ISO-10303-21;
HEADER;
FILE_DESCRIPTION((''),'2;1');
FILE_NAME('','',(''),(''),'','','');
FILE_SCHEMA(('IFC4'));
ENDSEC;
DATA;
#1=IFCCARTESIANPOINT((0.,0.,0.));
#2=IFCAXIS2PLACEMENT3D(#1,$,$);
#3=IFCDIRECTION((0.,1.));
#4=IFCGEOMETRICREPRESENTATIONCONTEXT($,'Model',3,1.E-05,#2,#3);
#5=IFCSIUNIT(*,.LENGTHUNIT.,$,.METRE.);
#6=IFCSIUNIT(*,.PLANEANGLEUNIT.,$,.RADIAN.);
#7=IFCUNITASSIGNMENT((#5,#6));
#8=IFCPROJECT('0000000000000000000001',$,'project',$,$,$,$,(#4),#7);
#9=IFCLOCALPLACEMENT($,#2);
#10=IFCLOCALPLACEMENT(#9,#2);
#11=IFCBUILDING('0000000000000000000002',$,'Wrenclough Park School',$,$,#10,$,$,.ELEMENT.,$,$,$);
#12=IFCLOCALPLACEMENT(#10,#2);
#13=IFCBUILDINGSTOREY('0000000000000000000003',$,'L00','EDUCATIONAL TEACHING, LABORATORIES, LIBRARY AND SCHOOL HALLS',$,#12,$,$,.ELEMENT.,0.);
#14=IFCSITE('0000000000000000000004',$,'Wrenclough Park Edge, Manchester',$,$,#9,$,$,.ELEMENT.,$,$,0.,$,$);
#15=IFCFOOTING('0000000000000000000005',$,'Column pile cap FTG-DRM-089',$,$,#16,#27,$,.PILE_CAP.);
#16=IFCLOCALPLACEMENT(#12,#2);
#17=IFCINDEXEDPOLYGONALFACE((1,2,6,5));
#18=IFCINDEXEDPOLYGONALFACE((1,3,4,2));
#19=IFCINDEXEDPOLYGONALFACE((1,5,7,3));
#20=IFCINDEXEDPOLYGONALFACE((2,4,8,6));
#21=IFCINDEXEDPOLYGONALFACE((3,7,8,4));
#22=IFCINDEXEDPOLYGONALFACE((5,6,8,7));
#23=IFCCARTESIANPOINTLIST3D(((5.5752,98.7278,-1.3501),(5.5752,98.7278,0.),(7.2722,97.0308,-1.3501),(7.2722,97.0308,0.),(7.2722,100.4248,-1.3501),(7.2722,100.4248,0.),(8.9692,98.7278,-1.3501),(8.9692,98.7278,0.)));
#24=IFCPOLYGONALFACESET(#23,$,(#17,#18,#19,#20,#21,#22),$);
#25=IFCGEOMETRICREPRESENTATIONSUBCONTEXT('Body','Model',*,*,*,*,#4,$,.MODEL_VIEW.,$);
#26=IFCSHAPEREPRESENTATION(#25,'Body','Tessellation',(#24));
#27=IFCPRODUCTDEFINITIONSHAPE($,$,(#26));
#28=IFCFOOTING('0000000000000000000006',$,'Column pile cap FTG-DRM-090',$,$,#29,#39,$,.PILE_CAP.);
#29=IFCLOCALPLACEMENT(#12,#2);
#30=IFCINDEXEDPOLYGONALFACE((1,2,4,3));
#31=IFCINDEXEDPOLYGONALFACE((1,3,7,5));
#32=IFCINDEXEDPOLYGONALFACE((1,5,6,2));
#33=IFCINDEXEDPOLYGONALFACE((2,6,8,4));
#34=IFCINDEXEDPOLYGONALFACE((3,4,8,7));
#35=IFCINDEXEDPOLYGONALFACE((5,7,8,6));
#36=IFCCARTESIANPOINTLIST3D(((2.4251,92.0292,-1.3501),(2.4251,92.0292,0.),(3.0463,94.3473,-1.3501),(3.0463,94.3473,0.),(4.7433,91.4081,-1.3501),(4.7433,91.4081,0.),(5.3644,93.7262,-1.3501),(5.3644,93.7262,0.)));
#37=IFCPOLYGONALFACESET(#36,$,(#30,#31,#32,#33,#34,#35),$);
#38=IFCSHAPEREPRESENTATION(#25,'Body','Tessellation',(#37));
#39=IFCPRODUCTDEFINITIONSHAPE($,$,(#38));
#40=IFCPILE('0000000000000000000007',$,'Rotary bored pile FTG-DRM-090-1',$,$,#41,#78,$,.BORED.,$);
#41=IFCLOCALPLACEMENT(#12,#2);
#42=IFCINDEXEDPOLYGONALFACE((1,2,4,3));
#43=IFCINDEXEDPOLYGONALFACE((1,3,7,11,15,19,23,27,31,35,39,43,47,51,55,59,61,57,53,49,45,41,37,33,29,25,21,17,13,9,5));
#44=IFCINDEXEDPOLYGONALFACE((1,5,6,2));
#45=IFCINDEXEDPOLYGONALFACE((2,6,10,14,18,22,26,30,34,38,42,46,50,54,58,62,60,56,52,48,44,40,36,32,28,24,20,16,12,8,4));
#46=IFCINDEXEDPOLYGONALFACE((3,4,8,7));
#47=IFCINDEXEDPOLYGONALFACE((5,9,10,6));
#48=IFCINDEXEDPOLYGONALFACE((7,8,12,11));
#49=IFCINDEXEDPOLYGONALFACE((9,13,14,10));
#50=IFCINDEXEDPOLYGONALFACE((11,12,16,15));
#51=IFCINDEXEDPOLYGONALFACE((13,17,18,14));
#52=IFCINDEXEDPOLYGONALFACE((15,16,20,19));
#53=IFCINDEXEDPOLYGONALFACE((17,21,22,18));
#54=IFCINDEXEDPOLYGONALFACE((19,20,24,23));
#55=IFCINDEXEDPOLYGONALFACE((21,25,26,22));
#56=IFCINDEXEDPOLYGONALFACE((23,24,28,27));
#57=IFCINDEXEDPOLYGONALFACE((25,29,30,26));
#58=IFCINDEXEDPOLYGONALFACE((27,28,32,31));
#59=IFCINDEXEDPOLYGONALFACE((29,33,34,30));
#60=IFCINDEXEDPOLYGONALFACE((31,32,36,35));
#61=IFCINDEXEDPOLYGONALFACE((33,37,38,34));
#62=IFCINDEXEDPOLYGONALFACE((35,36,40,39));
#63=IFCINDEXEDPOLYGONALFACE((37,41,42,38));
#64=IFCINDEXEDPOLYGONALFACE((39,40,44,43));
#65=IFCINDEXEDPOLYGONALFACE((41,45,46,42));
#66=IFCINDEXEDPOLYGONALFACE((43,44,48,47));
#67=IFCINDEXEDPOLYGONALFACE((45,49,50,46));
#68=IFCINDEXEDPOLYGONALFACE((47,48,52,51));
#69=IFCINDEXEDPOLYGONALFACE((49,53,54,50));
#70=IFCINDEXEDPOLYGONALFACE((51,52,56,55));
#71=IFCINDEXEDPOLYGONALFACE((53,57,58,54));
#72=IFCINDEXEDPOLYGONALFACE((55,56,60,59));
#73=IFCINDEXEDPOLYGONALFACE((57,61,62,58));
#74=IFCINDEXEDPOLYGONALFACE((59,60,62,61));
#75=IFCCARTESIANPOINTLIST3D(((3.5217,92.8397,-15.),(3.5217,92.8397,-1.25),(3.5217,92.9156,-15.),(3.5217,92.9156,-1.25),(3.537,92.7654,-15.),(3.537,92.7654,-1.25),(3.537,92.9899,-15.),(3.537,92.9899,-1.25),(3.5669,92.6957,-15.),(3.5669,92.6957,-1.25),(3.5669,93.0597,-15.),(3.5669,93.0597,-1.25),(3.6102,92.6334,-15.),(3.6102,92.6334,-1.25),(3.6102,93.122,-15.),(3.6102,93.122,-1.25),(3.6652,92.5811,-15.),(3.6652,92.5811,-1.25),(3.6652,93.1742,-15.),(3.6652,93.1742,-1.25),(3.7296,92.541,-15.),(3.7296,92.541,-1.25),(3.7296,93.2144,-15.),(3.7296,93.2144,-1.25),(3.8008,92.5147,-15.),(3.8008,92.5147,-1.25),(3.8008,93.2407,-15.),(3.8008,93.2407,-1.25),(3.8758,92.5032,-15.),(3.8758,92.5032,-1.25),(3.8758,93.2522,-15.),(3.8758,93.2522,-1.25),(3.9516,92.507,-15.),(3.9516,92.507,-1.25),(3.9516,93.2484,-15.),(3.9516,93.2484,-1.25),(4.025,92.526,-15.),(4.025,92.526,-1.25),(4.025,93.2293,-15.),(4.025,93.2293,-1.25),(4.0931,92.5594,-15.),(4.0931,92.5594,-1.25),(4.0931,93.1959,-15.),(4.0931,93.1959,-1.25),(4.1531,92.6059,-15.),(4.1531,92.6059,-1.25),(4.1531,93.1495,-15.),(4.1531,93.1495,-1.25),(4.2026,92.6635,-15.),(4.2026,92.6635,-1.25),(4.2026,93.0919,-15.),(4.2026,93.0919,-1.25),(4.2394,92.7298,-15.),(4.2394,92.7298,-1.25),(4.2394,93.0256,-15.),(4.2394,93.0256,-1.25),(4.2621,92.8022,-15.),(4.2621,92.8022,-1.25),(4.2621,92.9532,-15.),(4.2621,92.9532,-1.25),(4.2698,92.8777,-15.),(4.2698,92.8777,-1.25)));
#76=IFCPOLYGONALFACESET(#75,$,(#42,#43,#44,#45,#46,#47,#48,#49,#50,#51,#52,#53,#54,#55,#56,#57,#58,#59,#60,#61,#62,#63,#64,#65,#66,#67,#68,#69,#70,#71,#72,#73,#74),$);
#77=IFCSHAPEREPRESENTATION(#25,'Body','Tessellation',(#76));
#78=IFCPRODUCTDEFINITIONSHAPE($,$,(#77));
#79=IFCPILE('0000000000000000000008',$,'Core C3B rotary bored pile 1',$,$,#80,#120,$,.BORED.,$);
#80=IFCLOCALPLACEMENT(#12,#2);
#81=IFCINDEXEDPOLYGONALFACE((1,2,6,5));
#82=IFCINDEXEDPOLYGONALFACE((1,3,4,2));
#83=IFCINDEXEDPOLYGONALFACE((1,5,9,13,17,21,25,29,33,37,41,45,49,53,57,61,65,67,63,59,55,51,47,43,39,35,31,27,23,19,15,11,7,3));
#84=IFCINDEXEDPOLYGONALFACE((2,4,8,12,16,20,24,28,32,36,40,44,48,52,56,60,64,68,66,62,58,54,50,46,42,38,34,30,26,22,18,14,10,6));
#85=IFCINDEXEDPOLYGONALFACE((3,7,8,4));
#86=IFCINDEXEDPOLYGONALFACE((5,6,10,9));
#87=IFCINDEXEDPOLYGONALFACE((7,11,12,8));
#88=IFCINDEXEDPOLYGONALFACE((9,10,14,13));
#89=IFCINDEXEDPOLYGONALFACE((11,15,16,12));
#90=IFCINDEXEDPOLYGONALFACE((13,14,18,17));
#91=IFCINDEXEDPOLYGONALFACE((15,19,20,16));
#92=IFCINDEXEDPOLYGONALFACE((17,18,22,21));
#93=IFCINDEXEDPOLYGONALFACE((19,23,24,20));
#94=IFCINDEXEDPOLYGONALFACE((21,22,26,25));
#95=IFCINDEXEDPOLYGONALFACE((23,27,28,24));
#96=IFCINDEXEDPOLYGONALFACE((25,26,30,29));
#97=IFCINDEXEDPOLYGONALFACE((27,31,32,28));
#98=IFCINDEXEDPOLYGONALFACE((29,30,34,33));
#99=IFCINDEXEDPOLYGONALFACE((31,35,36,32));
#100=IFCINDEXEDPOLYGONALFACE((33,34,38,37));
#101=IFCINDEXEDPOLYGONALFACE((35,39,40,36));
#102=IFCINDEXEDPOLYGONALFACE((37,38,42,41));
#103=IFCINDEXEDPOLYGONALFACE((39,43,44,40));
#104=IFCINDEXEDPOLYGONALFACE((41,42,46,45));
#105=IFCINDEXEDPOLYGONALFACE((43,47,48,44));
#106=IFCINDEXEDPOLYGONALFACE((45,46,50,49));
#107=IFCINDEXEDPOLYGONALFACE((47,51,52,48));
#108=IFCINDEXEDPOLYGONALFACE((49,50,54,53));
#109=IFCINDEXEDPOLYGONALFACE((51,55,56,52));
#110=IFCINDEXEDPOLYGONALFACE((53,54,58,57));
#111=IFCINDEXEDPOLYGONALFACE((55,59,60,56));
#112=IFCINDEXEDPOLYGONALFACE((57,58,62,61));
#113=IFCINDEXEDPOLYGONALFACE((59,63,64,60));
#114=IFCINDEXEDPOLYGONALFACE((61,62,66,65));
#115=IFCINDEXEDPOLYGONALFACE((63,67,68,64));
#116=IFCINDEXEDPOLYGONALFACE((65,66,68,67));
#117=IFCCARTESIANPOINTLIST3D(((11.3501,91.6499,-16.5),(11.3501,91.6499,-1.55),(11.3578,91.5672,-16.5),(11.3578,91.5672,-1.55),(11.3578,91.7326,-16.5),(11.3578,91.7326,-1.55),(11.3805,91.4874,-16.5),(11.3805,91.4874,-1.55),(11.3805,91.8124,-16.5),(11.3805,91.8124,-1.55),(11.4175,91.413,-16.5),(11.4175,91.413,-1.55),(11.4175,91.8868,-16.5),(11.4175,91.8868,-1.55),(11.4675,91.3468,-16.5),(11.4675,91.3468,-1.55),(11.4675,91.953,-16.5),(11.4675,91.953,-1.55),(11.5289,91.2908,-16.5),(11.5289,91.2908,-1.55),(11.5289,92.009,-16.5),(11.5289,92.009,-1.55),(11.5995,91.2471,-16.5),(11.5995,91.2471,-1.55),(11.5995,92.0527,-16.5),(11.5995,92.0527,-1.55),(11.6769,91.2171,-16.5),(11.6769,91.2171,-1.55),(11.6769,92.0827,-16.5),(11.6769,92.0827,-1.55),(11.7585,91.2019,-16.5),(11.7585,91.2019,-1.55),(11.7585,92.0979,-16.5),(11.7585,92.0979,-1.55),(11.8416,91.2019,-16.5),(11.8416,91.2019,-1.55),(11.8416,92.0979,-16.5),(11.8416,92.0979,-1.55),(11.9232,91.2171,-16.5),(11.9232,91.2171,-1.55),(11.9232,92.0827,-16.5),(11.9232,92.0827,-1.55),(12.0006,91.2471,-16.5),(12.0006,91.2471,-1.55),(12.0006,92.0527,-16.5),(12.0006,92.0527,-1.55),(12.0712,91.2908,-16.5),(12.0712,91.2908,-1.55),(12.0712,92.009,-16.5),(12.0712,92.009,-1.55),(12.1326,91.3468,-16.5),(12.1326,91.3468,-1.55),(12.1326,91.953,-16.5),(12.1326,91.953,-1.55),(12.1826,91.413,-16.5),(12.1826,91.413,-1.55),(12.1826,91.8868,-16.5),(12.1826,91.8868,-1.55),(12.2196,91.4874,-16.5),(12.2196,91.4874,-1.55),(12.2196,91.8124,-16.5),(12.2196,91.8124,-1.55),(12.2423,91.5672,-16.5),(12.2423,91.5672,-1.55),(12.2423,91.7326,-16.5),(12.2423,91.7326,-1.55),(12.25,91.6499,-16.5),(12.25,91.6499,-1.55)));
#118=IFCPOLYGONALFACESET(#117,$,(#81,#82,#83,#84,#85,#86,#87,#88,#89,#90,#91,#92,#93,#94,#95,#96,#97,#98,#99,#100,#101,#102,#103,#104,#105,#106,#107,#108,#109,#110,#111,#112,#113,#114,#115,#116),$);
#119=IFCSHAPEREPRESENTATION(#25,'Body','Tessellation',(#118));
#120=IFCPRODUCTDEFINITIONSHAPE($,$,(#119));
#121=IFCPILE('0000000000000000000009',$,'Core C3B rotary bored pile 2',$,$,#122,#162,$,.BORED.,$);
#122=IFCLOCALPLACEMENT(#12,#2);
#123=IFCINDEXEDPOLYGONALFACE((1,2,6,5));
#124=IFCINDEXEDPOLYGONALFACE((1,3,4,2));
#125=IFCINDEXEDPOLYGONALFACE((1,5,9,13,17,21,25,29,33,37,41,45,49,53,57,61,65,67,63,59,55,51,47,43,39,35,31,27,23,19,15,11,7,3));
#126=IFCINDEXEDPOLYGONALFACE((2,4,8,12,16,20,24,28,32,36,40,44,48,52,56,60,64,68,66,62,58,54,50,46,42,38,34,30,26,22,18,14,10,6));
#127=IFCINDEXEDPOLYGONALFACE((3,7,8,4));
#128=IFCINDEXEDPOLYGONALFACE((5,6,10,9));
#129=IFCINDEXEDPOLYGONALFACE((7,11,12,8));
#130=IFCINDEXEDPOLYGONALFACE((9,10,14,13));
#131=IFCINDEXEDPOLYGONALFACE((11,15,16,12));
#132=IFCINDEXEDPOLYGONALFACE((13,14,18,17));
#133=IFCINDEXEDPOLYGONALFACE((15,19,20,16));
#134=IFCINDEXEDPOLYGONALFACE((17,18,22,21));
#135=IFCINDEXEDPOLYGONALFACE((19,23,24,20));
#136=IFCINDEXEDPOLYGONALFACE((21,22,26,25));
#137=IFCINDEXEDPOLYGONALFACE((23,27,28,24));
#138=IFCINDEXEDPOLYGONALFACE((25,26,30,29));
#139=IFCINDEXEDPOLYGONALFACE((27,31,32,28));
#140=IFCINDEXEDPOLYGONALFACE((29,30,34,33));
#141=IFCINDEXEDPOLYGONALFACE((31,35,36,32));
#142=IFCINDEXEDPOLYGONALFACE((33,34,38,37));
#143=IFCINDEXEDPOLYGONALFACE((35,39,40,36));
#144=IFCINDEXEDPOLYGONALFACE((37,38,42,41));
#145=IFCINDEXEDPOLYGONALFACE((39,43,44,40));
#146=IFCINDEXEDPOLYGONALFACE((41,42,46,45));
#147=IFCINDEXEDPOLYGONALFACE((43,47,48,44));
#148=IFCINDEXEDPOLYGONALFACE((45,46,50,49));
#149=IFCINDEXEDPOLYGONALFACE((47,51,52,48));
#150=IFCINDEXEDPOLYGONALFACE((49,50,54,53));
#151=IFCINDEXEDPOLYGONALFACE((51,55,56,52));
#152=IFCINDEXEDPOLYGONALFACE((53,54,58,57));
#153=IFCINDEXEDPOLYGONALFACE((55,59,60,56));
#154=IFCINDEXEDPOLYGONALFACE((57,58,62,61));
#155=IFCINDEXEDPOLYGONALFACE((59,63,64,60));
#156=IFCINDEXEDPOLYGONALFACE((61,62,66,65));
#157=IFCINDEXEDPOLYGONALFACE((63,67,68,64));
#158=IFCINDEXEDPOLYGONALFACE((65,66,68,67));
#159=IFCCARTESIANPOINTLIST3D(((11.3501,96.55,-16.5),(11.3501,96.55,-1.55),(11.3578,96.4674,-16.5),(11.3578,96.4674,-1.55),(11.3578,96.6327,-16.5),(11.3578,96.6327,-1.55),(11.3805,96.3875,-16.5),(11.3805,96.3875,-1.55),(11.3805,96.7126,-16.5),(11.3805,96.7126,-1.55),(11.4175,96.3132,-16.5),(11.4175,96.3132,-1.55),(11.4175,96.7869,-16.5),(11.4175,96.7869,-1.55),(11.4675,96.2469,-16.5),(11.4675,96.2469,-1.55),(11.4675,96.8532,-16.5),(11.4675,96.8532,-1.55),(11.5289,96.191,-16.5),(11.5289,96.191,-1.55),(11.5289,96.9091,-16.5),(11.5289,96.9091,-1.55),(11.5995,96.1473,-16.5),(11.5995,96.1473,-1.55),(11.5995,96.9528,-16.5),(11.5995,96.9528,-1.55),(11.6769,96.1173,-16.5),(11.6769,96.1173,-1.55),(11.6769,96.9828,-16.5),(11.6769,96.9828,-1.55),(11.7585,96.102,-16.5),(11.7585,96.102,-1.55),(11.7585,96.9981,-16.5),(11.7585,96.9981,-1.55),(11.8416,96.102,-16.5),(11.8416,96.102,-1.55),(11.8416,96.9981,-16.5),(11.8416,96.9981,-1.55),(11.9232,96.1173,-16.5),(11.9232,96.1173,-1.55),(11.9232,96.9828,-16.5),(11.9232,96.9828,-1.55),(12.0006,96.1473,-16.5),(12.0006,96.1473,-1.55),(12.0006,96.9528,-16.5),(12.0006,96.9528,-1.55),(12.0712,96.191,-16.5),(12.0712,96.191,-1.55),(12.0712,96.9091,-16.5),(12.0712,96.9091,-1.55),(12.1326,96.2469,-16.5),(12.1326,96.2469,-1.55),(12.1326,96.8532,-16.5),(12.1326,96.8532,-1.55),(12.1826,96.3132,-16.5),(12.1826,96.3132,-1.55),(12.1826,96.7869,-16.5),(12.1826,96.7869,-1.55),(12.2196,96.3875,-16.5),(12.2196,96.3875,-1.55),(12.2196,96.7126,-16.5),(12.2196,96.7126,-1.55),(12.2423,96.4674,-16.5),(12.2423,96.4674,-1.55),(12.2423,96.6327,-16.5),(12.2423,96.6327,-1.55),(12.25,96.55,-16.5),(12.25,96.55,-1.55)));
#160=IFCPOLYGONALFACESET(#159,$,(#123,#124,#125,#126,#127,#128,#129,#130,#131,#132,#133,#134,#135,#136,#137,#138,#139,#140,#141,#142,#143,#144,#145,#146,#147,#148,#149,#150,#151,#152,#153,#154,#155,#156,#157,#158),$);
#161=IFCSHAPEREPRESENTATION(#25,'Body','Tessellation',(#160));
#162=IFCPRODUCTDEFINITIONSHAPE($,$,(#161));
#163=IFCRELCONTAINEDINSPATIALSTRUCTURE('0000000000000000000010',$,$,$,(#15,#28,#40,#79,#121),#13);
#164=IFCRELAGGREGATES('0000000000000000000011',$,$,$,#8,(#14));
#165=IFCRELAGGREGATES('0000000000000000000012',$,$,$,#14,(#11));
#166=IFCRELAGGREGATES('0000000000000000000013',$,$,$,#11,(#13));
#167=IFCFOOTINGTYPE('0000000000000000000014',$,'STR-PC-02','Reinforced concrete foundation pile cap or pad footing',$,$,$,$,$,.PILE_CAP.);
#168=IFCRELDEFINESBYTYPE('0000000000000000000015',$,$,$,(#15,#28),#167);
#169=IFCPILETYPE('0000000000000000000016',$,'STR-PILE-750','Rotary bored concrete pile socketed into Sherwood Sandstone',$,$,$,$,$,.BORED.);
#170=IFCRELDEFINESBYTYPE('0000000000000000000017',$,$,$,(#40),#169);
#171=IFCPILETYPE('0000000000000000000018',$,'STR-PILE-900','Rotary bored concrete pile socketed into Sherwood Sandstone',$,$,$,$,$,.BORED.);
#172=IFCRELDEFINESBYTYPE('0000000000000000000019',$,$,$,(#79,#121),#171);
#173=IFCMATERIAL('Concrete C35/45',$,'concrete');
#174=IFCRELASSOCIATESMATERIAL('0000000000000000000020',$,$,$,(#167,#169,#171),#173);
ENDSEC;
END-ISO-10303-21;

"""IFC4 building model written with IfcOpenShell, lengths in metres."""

from ifc_helpers import new_model, si_unit, direction, frame, origin, origin_2d, place, context, subcontext, project, spatial, rectangle, circle, extrude, material, material_profile, profile_set, type_object, element, save


model = new_model("IFC4")

# Units and contexts
model_context = context("Model", 3, precision=1e-05, world=origin(), true_north=direction((0.0, 1.0)))
body_context = subcontext(model_context, "Body", "Model", "MODEL_VIEW")
ifc_project = project(units=[si_unit("LENGTHUNIT", "METRE"), si_unit("PLANEANGLEUNIT", "RADIAN")], contexts=[model_context])

# Site, building, storey
site_placement = place(None, origin())
site = spatial("IfcSite", under=ifc_project, at=site_placement, Name="Wrenclough Park Edge, Manchester", CompositionType="ELEMENT", RefElevation=0.0)
building_placement = place(site_placement, origin())
building = spatial("IfcBuilding", under=site, at=building_placement, Name="Wrenclough Park School", CompositionType="ELEMENT")
storey_placement = place(building_placement, origin())
storey = spatial("IfcBuildingStorey", under=building, at=storey_placement, Name="L00", Description="EDUCATIONAL TEACHING, LABORATORIES, LIBRARY AND SCHOOL HALLS", CompositionType="ELEMENT", Elevation=0.0)

# Footings
ifc_material_1 = material(Name="Concrete C35/45", Category="concrete")
footing_type = type_object("IfcFootingType", Name="STR-PC-02", Description="Reinforced concrete foundation pile cap or pad footing", PredefinedType="PILE_CAP", material=ifc_material_1)
for number, where, z_axis, x_axis, name in (
    (1, (7.2722, 98.7278, -1.3501), (0.0, 0.0, 1.0), (-0.707107, -0.707107, 0.0), "Column pile cap FTG-DRM-089"),
    (2, (3.8948, 92.8777, -1.3501), (0.0, 0.0, 1.0), (-0.258819, -0.965926, 0.0), "Column pile cap FTG-DRM-090"),
):
    element("IfcFooting", number, at=place(storey_placement, frame(where, z_axis=z_axis, x_axis=x_axis)), inside=storey, type_object=footing_type, Name=name, PredefinedType="PILE_CAP", context=body_context, shape_type="SweptSolid", body=[
        extrude(rectangle(XDim=2.3999, YDim=2.3999, at=origin_2d()), origin(), (0.0, 0.0, 1.0), 1.3501),
    ])

# Piles
ifc_material_profile_1 = material_profile(ifc_material_1, circle(Radius=0.375, at=origin_2d()), Name="BORED PILE D750")
ifc_profile_set_1 = profile_set([ifc_material_profile_1], Name="Concrete C35/45")
pile_type_1 = type_object("IfcPileType", Name="STR-PILE-750", Description="Rotary bored concrete pile socketed into Sherwood Sandstone", PredefinedType="BORED", material=ifc_profile_set_1)
pile_placement = place(storey_placement, frame((3.8948, 92.8777, -1.25), z_axis=(0.0, 0.0, -1.0), x_axis=(1.0, 0.0, 0.0)))
element("IfcPile", 3, at=pile_placement, inside=storey, type_object=pile_type_1, Name="Rotary bored pile FTG-DRM-090-1", PredefinedType="BORED", context=body_context, shape_type="SweptSolid", body=[
    extrude(circle(Radius=0.375, at=origin_2d()), origin(), (0.0, 0.0, 1.0), 13.75),
])
ifc_material_profile_2 = material_profile(ifc_material_1, circle(Radius=0.45, at=origin_2d()), Name="BORED PILE D900")
ifc_profile_set_2 = profile_set([ifc_material_profile_2], Name="Concrete C35/45")
pile_type_2 = type_object("IfcPileType", Name="STR-PILE-900", Description="Rotary bored concrete pile socketed into Sherwood Sandstone", PredefinedType="BORED", material=ifc_profile_set_2)
for number, where, z_axis, x_axis, name in (
    (4, (11.8, 91.6499, -1.55), (0.0, 0.0, -1.0), (1.0, 0.0, 0.0), "Core C3B rotary bored pile 1"),
    (5, (11.8, 96.55, -1.55), (0.0, 0.0, -1.0), (1.0, 0.0, 0.0), "Core C3B rotary bored pile 2"),
):
    element("IfcPile", number, at=place(storey_placement, frame(where, z_axis=z_axis, x_axis=x_axis)), inside=storey, type_object=pile_type_2, Name=name, PredefinedType="BORED", context=body_context, shape_type="SweptSolid", body=[
        extrude(circle(Radius=0.45, at=origin_2d()), origin(), (0.0, 0.0, 1.0), 14.95),
    ])

save(model, "model.ifc")
